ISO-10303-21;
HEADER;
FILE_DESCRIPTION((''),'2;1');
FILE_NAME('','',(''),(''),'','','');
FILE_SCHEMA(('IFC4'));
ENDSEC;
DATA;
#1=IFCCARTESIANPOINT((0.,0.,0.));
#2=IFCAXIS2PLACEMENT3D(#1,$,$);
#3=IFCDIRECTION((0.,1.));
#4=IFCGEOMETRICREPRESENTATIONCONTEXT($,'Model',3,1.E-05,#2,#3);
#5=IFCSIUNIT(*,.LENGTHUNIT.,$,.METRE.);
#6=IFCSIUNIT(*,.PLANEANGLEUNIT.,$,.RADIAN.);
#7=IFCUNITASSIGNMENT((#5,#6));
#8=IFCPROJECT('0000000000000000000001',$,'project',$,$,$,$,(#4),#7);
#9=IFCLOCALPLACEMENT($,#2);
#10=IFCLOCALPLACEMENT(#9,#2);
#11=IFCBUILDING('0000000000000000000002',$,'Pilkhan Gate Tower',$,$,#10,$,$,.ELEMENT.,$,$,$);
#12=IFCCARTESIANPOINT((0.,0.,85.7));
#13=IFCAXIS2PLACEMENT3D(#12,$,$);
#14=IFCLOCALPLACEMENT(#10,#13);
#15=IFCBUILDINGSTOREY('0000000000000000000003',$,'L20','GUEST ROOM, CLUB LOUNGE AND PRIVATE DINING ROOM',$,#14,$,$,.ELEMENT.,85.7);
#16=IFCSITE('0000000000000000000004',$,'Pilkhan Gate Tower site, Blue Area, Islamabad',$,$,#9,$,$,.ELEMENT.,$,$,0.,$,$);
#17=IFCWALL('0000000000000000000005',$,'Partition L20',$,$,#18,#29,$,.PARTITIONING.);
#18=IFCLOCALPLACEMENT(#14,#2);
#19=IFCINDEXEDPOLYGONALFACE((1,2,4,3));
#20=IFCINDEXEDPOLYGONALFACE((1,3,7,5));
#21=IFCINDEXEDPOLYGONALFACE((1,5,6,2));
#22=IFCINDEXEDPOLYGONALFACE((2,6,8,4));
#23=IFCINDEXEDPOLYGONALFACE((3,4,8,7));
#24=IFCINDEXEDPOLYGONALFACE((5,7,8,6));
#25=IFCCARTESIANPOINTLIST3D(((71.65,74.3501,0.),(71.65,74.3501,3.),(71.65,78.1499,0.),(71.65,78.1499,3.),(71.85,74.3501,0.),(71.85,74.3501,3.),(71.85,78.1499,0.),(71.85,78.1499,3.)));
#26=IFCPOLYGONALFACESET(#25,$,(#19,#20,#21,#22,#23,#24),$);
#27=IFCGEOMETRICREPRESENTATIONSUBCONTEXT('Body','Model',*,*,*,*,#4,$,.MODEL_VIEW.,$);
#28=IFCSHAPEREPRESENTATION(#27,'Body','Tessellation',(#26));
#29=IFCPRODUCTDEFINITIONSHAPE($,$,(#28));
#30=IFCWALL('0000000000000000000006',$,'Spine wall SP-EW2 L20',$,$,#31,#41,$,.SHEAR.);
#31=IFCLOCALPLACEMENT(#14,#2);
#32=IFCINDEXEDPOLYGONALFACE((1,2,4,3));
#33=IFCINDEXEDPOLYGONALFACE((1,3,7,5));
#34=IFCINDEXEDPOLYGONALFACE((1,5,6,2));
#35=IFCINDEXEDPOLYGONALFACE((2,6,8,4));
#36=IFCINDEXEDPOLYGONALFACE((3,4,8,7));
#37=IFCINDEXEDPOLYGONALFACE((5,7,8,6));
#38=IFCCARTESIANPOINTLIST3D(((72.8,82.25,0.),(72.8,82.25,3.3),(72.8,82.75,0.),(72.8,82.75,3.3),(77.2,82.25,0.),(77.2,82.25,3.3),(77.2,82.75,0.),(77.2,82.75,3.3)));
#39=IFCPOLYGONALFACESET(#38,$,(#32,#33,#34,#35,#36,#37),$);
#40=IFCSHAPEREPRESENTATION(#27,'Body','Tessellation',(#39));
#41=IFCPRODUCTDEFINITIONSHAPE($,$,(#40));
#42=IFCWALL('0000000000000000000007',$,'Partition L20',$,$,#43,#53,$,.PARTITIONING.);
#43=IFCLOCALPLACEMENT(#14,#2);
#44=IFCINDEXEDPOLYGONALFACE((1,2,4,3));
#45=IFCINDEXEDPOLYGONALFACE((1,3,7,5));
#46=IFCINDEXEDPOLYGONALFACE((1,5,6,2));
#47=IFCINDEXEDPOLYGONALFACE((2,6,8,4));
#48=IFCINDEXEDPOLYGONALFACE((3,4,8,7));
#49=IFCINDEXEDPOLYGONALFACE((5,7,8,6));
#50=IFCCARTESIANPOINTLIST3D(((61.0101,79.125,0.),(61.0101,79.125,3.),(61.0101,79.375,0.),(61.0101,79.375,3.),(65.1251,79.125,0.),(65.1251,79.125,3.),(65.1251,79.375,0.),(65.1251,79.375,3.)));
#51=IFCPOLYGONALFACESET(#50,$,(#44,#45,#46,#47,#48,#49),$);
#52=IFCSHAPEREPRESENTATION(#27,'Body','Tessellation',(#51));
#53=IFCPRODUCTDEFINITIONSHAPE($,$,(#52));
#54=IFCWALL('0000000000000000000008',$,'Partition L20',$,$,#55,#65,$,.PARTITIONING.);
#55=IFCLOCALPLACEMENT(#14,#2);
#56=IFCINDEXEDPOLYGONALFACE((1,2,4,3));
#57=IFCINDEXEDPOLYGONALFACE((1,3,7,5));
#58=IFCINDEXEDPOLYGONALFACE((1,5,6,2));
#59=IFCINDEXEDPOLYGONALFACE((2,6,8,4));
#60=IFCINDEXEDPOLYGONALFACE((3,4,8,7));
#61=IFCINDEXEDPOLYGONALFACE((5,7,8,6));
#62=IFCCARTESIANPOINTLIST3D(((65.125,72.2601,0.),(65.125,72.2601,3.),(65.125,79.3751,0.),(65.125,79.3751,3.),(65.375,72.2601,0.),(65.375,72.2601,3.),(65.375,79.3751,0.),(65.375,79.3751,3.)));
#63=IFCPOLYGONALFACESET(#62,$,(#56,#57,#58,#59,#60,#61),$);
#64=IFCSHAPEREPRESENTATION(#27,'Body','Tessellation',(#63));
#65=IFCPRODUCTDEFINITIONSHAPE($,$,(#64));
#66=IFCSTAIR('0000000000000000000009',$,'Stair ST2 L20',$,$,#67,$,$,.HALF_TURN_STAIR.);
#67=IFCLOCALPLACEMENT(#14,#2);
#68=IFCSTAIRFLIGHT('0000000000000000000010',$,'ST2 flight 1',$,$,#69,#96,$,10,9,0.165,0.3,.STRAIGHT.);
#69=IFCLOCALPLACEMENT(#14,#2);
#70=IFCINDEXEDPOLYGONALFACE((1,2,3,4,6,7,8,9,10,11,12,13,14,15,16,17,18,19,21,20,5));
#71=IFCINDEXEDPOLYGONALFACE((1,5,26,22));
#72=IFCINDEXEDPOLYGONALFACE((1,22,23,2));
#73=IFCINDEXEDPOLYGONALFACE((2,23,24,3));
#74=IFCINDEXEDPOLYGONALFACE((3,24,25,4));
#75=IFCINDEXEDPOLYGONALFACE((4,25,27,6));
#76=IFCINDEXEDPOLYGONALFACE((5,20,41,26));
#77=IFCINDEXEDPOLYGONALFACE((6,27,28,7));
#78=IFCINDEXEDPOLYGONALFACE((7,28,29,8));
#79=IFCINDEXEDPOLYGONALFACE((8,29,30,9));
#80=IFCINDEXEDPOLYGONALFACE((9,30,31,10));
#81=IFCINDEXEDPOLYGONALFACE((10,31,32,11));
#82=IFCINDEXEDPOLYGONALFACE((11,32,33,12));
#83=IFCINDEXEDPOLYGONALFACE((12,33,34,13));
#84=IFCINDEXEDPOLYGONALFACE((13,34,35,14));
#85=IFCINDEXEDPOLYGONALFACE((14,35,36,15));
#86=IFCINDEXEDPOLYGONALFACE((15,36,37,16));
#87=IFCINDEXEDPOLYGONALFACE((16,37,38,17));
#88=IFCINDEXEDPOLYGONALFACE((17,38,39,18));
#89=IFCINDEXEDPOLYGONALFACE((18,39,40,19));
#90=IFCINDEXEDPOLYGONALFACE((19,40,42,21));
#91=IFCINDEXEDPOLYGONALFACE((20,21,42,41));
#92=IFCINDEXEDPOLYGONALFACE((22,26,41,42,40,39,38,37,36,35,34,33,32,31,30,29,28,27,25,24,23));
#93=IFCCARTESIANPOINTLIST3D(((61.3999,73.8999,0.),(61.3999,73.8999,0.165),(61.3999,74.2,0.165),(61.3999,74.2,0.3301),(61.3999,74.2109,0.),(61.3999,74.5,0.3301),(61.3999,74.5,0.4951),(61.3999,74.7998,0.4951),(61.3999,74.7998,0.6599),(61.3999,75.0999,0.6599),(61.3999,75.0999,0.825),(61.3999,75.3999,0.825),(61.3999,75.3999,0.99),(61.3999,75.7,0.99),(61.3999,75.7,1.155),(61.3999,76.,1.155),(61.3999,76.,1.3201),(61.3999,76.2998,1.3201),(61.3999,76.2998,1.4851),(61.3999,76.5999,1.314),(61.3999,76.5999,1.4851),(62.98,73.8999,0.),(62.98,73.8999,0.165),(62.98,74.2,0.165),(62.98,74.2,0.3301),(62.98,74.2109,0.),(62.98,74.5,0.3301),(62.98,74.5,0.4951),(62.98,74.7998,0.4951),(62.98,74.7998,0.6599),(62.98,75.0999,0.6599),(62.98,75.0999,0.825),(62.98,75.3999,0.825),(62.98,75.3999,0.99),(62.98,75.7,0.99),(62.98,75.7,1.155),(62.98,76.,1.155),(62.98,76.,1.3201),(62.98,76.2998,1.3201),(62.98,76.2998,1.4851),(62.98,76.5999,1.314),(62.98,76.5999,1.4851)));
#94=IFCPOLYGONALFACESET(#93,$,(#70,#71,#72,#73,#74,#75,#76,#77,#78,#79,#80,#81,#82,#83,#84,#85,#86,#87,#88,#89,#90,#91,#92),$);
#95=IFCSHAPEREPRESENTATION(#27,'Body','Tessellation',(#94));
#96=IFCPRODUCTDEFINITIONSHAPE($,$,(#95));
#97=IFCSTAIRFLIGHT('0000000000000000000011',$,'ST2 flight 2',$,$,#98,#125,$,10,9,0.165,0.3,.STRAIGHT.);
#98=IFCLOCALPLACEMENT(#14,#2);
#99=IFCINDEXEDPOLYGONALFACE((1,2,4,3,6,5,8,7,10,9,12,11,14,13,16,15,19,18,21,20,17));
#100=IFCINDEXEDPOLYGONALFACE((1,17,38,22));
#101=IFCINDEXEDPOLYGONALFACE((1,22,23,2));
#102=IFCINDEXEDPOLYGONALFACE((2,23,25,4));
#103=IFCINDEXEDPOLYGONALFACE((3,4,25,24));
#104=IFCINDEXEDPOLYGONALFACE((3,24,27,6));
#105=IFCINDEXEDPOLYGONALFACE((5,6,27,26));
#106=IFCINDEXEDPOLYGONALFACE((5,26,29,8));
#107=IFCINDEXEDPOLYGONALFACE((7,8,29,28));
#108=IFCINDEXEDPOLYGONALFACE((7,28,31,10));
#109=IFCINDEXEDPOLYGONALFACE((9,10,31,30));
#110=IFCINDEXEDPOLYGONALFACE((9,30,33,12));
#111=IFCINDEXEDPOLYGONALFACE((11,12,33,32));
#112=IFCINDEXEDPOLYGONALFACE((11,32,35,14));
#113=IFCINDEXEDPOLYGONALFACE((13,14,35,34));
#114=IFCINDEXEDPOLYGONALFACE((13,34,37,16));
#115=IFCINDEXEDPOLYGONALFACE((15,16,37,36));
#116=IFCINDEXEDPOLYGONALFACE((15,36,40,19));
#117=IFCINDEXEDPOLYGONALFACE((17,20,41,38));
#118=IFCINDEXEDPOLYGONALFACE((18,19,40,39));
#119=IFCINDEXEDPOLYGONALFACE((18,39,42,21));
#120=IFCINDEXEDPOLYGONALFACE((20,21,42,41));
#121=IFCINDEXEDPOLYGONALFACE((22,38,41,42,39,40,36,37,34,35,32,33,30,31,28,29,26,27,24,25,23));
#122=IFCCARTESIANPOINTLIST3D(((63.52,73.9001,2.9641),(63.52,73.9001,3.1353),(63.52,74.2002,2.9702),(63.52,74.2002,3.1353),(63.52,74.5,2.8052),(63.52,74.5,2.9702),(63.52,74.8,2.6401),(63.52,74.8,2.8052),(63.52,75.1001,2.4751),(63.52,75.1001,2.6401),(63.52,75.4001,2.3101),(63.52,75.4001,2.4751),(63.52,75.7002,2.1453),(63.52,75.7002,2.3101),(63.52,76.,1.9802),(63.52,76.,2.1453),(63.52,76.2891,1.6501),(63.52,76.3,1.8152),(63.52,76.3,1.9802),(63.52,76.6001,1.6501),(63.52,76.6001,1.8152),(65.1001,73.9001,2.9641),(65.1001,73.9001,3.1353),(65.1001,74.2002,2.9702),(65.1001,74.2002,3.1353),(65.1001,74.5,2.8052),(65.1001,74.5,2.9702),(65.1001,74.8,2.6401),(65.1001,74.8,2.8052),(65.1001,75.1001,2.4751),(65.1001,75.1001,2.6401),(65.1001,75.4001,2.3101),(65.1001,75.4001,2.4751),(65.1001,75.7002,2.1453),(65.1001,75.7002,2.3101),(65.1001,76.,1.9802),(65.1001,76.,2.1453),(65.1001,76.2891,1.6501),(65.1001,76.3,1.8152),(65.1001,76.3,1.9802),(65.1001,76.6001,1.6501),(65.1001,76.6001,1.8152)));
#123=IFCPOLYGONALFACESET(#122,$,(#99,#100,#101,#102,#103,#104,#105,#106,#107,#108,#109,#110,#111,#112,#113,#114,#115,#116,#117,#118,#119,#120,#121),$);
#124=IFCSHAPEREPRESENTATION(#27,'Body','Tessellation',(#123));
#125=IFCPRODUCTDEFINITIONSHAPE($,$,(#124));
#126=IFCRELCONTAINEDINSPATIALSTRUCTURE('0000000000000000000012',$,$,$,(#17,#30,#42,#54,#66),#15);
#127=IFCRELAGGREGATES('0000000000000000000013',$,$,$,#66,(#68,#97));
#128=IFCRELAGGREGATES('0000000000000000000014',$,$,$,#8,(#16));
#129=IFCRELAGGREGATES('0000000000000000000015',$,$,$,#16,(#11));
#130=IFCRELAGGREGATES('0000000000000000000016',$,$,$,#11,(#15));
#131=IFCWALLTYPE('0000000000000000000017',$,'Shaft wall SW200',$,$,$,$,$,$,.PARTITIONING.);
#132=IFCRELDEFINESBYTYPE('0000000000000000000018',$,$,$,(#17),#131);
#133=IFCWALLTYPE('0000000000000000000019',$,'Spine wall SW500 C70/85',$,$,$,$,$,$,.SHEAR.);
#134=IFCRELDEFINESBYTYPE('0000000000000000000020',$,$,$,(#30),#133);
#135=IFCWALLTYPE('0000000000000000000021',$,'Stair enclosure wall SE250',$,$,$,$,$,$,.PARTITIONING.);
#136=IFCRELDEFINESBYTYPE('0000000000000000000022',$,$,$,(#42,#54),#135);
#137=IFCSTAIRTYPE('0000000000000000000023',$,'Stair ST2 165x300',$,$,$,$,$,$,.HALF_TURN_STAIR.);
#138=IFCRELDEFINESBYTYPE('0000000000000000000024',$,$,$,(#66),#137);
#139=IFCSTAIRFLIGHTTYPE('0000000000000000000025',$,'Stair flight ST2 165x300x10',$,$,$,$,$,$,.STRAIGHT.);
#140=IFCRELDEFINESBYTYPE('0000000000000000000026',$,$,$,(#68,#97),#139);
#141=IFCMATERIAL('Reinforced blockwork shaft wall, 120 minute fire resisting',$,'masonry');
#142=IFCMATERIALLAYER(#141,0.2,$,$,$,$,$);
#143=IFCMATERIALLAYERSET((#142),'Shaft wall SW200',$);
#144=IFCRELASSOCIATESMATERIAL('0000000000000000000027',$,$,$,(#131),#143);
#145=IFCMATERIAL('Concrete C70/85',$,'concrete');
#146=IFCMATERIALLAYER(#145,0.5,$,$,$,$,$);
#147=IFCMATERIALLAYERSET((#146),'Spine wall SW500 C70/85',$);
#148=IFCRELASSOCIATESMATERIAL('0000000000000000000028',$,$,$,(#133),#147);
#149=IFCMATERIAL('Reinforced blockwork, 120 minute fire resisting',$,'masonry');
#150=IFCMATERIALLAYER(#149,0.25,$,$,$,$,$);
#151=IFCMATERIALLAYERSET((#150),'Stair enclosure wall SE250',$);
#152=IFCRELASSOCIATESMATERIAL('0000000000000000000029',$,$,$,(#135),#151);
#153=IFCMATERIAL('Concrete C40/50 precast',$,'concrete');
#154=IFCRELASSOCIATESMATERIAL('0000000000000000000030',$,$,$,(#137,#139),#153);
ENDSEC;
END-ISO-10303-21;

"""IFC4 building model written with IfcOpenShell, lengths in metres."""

from ifc_helpers import new_model, si_unit, direction, frame, frame_2d, origin, place, context, subcontext, project, spatial, polyline, rectangle, outline, extrude, material, layer, layer_set, type_object, element, aggregate, save


model = new_model("IFC4")

# Units and contexts
model_context = context("Model", 3, precision=1e-05, world=origin(), true_north=direction((0.0, 1.0)))
body_context = subcontext(model_context, "Body", "Model", "MODEL_VIEW")
ifc_project = project(units=[si_unit("LENGTHUNIT", "METRE"), si_unit("PLANEANGLEUNIT", "RADIAN")], contexts=[model_context])

# Site, building, storey
site_placement = place(None, origin())
site = spatial("IfcSite", under=ifc_project, at=site_placement, Name="Pilkhan Gate Tower site, Blue Area, Islamabad", CompositionType="ELEMENT", RefElevation=0.0)
building_placement = place(site_placement, origin())
building = spatial("IfcBuilding", under=site, at=building_placement, Name="Pilkhan Gate Tower", CompositionType="ELEMENT")
storey_placement = place(building_placement, frame((0.0, 0.0, 85.7)))
storey = spatial("IfcBuildingStorey", under=building, at=storey_placement, Name="L20", Description="GUEST ROOM, CLUB LOUNGE AND PRIVATE DINING ROOM", CompositionType="ELEMENT", Elevation=85.7)

# Shared definitions
ifc_material_1 = material(Name="Concrete C70/85", Category="concrete")

# Shared definitions
ifc_material_2 = material(Name="Reinforced blockwork shaft wall, 120 minute fire resisting", Category="masonry")
ifc_layer_1 = layer(ifc_material_2, 0.2)
ifc_layer_set_1 = layer_set([ifc_layer_1], Name="Shaft wall SW200")
wall_type_1 = type_object("IfcWallType", Name="Shaft wall SW200", PredefinedType="PARTITIONING", material=ifc_layer_set_1)

# Walls
for number, where, z_axis, x_axis, name in (
    (1, (71.75, 74.3501, 0.0), (0.0, 0.0, 1.0), (0.0, 1.0, 0.0), "Partition L20"),
):
    element("IfcWall", number, at=place(storey_placement, frame(where, z_axis=z_axis, x_axis=x_axis)), inside=storey, type_object=wall_type_1, Name=name, PredefinedType="PARTITIONING", context=body_context, shape_type="SweptSolid", body=[
        extrude(rectangle(XDim=3.7998, YDim=0.2, at=frame_2d((1.8999, 0.0))), origin(), (0.0, 0.0, 1.0), 3.0),
    ])
ifc_layer_2 = layer(ifc_material_1, 0.5)
ifc_layer_set_2 = layer_set([ifc_layer_2], Name="Spine wall SW500 C70/85")
wall_type_2 = type_object("IfcWallType", Name="Spine wall SW500 C70/85", PredefinedType="SHEAR", material=ifc_layer_set_2)
wall_1_placement = place(storey_placement, frame((72.8, 82.5, 0.0), z_axis=(0.0, 0.0, 1.0), x_axis=(1.0, 0.0, 0.0)))
element("IfcWall", 2, at=wall_1_placement, inside=storey, type_object=wall_type_2, Name="Spine wall SP-EW2 L20", PredefinedType="SHEAR", context=body_context, shape_type="SweptSolid", body=[
    extrude(rectangle(XDim=4.3999, YDim=0.5, at=frame_2d((2.2, 0.0))), origin(), (0.0, 0.0, 1.0), 3.3),
])
ifc_material_3 = material(Name="Reinforced blockwork, 120 minute fire resisting", Category="masonry")
ifc_layer_3 = layer(ifc_material_3, 0.25)
ifc_layer_set_3 = layer_set([ifc_layer_3], Name="Stair enclosure wall SE250")
wall_type_3 = type_object("IfcWallType", Name="Stair enclosure wall SE250", PredefinedType="PARTITIONING", material=ifc_layer_set_3)
wall_2_placement = place(storey_placement, frame((61.01, 79.25, 0.0), z_axis=(0.0, 0.0, 1.0), x_axis=(1.0, 0.0, 0.0)))
element("IfcWall", 3, at=wall_2_placement, inside=storey, type_object=wall_type_3, Name="Partition L20", PredefinedType="PARTITIONING", context=body_context, shape_type="SweptSolid", body=[
    extrude(rectangle(XDim=4.115, YDim=0.25, at=frame_2d((2.0576, 0.0))), origin(), (0.0, 0.0, 1.0), 3.0),
])
wall_3_placement = place(storey_placement, frame((65.25, 72.26, 0.0), z_axis=(0.0, 0.0, 1.0), x_axis=(0.0, 1.0, 0.0)))
element("IfcWall", 4, at=wall_3_placement, inside=storey, type_object=wall_type_3, Name="Partition L20", PredefinedType="PARTITIONING", context=body_context, shape_type="SweptSolid", body=[
    extrude(rectangle(XDim=7.115, YDim=0.25, at=frame_2d((3.5576, 0.0))), origin(), (0.0, 0.0, 1.0), 3.0),
])

# Stair, stair flights
ifc_material_4 = material(Name="Concrete C40/50 precast", Category="concrete")
stair_type = type_object("IfcStairType", Name="Stair ST2 165x300", PredefinedType="HALF_TURN_STAIR", material=ifc_material_4)
stair_placement = place(storey_placement, origin())
stair = element("IfcStair", 5, at=stair_placement, inside=storey, type_object=stair_type, Name="Stair ST2 L20", PredefinedType="HALF_TURN_STAIR")
stair_flight_type = type_object("IfcStairFlightType", Name="Stair flight ST2 165x300x10", PredefinedType="STRAIGHT", material=ifc_material_4)
stair_flight_1_placement = place(storey_placement, frame((62.1899, 73.8999, 0.0), z_axis=(0.0, 0.0, 1.0), x_axis=(0.0, 1.0, 0.0)))
stair_flight_1 = element("IfcStairFlight", 6, at=stair_flight_1_placement, type_object=stair_flight_type, Name="ST2 flight 1", NumberOfRisers=10, NumberOfTreads=9, PredefinedType="STRAIGHT", RiserHeight=0.165, TreadLength=0.3, context=body_context, shape_type="SweptSolid", body=[
    extrude(outline(polyline([(0.0, 0.0), (0.0, 0.165), (0.3, 0.165), (0.3, 0.3301), (0.6001, 0.3301), (0.6001, 0.4951), (0.8999, 0.4951), (0.8999, 0.6599), (1.2, 0.6599), (1.2, 0.825), (1.5, 0.825), (1.5, 0.99), (1.8, 0.99), (1.8, 1.155), (2.1001, 1.155), (2.1001, 1.3201), (2.3999, 1.3201), (2.3999, 1.4851), (2.7, 1.4851), (2.7, 1.6499), (2.7, 1.314), (0.311, 0.0), (0.0, 0.0)])), frame((0.0, 0.79, 0.0), z_axis=(0.0, -1.0, 0.0), x_axis=(1.0, 0.0, 0.0)), (0.0, 0.0, 1.0), 1.5801),
])
stair_flight_2_placement = place(storey_placement, frame((64.3101, 76.6001, 1.6501), z_axis=(0.0, 0.0, 1.0), x_axis=(0.0, -1.0, 0.0)))
stair_flight_2 = element("IfcStairFlight", 7, at=stair_flight_2_placement, type_object=stair_flight_type, Name="ST2 flight 2", NumberOfRisers=10, NumberOfTreads=9, PredefinedType="STRAIGHT", RiserHeight=0.165, TreadLength=0.3, context=body_context, shape_type="SweptSolid", body=[
    extrude(outline(polyline([(0.0, 0.0), (0.0, 0.165), (0.3, 0.165), (0.3, 0.3301), (0.6001, 0.3301), (0.6001, 0.4951), (0.8999, 0.4951), (0.8999, 0.6599), (1.2, 0.6599), (1.2, 0.825), (1.5, 0.825), (1.5, 0.99), (1.8, 0.99), (1.8, 1.155), (2.1001, 1.155), (2.1001, 1.3201), (2.3999, 1.3201), (2.3999, 1.4851), (2.7, 1.4851), (2.7, 1.6499), (2.7, 1.314), (0.311, 0.0), (0.0, 0.0)])), frame((0.0, 0.79, 0.0), z_axis=(0.0, -1.0, 0.0), x_axis=(1.0, 0.0, 0.0)), (0.0, 0.0, 1.0), 1.5801),
])
aggregate(stair, [stair_flight_1, stair_flight_2])

save(model, "model.ifc")
